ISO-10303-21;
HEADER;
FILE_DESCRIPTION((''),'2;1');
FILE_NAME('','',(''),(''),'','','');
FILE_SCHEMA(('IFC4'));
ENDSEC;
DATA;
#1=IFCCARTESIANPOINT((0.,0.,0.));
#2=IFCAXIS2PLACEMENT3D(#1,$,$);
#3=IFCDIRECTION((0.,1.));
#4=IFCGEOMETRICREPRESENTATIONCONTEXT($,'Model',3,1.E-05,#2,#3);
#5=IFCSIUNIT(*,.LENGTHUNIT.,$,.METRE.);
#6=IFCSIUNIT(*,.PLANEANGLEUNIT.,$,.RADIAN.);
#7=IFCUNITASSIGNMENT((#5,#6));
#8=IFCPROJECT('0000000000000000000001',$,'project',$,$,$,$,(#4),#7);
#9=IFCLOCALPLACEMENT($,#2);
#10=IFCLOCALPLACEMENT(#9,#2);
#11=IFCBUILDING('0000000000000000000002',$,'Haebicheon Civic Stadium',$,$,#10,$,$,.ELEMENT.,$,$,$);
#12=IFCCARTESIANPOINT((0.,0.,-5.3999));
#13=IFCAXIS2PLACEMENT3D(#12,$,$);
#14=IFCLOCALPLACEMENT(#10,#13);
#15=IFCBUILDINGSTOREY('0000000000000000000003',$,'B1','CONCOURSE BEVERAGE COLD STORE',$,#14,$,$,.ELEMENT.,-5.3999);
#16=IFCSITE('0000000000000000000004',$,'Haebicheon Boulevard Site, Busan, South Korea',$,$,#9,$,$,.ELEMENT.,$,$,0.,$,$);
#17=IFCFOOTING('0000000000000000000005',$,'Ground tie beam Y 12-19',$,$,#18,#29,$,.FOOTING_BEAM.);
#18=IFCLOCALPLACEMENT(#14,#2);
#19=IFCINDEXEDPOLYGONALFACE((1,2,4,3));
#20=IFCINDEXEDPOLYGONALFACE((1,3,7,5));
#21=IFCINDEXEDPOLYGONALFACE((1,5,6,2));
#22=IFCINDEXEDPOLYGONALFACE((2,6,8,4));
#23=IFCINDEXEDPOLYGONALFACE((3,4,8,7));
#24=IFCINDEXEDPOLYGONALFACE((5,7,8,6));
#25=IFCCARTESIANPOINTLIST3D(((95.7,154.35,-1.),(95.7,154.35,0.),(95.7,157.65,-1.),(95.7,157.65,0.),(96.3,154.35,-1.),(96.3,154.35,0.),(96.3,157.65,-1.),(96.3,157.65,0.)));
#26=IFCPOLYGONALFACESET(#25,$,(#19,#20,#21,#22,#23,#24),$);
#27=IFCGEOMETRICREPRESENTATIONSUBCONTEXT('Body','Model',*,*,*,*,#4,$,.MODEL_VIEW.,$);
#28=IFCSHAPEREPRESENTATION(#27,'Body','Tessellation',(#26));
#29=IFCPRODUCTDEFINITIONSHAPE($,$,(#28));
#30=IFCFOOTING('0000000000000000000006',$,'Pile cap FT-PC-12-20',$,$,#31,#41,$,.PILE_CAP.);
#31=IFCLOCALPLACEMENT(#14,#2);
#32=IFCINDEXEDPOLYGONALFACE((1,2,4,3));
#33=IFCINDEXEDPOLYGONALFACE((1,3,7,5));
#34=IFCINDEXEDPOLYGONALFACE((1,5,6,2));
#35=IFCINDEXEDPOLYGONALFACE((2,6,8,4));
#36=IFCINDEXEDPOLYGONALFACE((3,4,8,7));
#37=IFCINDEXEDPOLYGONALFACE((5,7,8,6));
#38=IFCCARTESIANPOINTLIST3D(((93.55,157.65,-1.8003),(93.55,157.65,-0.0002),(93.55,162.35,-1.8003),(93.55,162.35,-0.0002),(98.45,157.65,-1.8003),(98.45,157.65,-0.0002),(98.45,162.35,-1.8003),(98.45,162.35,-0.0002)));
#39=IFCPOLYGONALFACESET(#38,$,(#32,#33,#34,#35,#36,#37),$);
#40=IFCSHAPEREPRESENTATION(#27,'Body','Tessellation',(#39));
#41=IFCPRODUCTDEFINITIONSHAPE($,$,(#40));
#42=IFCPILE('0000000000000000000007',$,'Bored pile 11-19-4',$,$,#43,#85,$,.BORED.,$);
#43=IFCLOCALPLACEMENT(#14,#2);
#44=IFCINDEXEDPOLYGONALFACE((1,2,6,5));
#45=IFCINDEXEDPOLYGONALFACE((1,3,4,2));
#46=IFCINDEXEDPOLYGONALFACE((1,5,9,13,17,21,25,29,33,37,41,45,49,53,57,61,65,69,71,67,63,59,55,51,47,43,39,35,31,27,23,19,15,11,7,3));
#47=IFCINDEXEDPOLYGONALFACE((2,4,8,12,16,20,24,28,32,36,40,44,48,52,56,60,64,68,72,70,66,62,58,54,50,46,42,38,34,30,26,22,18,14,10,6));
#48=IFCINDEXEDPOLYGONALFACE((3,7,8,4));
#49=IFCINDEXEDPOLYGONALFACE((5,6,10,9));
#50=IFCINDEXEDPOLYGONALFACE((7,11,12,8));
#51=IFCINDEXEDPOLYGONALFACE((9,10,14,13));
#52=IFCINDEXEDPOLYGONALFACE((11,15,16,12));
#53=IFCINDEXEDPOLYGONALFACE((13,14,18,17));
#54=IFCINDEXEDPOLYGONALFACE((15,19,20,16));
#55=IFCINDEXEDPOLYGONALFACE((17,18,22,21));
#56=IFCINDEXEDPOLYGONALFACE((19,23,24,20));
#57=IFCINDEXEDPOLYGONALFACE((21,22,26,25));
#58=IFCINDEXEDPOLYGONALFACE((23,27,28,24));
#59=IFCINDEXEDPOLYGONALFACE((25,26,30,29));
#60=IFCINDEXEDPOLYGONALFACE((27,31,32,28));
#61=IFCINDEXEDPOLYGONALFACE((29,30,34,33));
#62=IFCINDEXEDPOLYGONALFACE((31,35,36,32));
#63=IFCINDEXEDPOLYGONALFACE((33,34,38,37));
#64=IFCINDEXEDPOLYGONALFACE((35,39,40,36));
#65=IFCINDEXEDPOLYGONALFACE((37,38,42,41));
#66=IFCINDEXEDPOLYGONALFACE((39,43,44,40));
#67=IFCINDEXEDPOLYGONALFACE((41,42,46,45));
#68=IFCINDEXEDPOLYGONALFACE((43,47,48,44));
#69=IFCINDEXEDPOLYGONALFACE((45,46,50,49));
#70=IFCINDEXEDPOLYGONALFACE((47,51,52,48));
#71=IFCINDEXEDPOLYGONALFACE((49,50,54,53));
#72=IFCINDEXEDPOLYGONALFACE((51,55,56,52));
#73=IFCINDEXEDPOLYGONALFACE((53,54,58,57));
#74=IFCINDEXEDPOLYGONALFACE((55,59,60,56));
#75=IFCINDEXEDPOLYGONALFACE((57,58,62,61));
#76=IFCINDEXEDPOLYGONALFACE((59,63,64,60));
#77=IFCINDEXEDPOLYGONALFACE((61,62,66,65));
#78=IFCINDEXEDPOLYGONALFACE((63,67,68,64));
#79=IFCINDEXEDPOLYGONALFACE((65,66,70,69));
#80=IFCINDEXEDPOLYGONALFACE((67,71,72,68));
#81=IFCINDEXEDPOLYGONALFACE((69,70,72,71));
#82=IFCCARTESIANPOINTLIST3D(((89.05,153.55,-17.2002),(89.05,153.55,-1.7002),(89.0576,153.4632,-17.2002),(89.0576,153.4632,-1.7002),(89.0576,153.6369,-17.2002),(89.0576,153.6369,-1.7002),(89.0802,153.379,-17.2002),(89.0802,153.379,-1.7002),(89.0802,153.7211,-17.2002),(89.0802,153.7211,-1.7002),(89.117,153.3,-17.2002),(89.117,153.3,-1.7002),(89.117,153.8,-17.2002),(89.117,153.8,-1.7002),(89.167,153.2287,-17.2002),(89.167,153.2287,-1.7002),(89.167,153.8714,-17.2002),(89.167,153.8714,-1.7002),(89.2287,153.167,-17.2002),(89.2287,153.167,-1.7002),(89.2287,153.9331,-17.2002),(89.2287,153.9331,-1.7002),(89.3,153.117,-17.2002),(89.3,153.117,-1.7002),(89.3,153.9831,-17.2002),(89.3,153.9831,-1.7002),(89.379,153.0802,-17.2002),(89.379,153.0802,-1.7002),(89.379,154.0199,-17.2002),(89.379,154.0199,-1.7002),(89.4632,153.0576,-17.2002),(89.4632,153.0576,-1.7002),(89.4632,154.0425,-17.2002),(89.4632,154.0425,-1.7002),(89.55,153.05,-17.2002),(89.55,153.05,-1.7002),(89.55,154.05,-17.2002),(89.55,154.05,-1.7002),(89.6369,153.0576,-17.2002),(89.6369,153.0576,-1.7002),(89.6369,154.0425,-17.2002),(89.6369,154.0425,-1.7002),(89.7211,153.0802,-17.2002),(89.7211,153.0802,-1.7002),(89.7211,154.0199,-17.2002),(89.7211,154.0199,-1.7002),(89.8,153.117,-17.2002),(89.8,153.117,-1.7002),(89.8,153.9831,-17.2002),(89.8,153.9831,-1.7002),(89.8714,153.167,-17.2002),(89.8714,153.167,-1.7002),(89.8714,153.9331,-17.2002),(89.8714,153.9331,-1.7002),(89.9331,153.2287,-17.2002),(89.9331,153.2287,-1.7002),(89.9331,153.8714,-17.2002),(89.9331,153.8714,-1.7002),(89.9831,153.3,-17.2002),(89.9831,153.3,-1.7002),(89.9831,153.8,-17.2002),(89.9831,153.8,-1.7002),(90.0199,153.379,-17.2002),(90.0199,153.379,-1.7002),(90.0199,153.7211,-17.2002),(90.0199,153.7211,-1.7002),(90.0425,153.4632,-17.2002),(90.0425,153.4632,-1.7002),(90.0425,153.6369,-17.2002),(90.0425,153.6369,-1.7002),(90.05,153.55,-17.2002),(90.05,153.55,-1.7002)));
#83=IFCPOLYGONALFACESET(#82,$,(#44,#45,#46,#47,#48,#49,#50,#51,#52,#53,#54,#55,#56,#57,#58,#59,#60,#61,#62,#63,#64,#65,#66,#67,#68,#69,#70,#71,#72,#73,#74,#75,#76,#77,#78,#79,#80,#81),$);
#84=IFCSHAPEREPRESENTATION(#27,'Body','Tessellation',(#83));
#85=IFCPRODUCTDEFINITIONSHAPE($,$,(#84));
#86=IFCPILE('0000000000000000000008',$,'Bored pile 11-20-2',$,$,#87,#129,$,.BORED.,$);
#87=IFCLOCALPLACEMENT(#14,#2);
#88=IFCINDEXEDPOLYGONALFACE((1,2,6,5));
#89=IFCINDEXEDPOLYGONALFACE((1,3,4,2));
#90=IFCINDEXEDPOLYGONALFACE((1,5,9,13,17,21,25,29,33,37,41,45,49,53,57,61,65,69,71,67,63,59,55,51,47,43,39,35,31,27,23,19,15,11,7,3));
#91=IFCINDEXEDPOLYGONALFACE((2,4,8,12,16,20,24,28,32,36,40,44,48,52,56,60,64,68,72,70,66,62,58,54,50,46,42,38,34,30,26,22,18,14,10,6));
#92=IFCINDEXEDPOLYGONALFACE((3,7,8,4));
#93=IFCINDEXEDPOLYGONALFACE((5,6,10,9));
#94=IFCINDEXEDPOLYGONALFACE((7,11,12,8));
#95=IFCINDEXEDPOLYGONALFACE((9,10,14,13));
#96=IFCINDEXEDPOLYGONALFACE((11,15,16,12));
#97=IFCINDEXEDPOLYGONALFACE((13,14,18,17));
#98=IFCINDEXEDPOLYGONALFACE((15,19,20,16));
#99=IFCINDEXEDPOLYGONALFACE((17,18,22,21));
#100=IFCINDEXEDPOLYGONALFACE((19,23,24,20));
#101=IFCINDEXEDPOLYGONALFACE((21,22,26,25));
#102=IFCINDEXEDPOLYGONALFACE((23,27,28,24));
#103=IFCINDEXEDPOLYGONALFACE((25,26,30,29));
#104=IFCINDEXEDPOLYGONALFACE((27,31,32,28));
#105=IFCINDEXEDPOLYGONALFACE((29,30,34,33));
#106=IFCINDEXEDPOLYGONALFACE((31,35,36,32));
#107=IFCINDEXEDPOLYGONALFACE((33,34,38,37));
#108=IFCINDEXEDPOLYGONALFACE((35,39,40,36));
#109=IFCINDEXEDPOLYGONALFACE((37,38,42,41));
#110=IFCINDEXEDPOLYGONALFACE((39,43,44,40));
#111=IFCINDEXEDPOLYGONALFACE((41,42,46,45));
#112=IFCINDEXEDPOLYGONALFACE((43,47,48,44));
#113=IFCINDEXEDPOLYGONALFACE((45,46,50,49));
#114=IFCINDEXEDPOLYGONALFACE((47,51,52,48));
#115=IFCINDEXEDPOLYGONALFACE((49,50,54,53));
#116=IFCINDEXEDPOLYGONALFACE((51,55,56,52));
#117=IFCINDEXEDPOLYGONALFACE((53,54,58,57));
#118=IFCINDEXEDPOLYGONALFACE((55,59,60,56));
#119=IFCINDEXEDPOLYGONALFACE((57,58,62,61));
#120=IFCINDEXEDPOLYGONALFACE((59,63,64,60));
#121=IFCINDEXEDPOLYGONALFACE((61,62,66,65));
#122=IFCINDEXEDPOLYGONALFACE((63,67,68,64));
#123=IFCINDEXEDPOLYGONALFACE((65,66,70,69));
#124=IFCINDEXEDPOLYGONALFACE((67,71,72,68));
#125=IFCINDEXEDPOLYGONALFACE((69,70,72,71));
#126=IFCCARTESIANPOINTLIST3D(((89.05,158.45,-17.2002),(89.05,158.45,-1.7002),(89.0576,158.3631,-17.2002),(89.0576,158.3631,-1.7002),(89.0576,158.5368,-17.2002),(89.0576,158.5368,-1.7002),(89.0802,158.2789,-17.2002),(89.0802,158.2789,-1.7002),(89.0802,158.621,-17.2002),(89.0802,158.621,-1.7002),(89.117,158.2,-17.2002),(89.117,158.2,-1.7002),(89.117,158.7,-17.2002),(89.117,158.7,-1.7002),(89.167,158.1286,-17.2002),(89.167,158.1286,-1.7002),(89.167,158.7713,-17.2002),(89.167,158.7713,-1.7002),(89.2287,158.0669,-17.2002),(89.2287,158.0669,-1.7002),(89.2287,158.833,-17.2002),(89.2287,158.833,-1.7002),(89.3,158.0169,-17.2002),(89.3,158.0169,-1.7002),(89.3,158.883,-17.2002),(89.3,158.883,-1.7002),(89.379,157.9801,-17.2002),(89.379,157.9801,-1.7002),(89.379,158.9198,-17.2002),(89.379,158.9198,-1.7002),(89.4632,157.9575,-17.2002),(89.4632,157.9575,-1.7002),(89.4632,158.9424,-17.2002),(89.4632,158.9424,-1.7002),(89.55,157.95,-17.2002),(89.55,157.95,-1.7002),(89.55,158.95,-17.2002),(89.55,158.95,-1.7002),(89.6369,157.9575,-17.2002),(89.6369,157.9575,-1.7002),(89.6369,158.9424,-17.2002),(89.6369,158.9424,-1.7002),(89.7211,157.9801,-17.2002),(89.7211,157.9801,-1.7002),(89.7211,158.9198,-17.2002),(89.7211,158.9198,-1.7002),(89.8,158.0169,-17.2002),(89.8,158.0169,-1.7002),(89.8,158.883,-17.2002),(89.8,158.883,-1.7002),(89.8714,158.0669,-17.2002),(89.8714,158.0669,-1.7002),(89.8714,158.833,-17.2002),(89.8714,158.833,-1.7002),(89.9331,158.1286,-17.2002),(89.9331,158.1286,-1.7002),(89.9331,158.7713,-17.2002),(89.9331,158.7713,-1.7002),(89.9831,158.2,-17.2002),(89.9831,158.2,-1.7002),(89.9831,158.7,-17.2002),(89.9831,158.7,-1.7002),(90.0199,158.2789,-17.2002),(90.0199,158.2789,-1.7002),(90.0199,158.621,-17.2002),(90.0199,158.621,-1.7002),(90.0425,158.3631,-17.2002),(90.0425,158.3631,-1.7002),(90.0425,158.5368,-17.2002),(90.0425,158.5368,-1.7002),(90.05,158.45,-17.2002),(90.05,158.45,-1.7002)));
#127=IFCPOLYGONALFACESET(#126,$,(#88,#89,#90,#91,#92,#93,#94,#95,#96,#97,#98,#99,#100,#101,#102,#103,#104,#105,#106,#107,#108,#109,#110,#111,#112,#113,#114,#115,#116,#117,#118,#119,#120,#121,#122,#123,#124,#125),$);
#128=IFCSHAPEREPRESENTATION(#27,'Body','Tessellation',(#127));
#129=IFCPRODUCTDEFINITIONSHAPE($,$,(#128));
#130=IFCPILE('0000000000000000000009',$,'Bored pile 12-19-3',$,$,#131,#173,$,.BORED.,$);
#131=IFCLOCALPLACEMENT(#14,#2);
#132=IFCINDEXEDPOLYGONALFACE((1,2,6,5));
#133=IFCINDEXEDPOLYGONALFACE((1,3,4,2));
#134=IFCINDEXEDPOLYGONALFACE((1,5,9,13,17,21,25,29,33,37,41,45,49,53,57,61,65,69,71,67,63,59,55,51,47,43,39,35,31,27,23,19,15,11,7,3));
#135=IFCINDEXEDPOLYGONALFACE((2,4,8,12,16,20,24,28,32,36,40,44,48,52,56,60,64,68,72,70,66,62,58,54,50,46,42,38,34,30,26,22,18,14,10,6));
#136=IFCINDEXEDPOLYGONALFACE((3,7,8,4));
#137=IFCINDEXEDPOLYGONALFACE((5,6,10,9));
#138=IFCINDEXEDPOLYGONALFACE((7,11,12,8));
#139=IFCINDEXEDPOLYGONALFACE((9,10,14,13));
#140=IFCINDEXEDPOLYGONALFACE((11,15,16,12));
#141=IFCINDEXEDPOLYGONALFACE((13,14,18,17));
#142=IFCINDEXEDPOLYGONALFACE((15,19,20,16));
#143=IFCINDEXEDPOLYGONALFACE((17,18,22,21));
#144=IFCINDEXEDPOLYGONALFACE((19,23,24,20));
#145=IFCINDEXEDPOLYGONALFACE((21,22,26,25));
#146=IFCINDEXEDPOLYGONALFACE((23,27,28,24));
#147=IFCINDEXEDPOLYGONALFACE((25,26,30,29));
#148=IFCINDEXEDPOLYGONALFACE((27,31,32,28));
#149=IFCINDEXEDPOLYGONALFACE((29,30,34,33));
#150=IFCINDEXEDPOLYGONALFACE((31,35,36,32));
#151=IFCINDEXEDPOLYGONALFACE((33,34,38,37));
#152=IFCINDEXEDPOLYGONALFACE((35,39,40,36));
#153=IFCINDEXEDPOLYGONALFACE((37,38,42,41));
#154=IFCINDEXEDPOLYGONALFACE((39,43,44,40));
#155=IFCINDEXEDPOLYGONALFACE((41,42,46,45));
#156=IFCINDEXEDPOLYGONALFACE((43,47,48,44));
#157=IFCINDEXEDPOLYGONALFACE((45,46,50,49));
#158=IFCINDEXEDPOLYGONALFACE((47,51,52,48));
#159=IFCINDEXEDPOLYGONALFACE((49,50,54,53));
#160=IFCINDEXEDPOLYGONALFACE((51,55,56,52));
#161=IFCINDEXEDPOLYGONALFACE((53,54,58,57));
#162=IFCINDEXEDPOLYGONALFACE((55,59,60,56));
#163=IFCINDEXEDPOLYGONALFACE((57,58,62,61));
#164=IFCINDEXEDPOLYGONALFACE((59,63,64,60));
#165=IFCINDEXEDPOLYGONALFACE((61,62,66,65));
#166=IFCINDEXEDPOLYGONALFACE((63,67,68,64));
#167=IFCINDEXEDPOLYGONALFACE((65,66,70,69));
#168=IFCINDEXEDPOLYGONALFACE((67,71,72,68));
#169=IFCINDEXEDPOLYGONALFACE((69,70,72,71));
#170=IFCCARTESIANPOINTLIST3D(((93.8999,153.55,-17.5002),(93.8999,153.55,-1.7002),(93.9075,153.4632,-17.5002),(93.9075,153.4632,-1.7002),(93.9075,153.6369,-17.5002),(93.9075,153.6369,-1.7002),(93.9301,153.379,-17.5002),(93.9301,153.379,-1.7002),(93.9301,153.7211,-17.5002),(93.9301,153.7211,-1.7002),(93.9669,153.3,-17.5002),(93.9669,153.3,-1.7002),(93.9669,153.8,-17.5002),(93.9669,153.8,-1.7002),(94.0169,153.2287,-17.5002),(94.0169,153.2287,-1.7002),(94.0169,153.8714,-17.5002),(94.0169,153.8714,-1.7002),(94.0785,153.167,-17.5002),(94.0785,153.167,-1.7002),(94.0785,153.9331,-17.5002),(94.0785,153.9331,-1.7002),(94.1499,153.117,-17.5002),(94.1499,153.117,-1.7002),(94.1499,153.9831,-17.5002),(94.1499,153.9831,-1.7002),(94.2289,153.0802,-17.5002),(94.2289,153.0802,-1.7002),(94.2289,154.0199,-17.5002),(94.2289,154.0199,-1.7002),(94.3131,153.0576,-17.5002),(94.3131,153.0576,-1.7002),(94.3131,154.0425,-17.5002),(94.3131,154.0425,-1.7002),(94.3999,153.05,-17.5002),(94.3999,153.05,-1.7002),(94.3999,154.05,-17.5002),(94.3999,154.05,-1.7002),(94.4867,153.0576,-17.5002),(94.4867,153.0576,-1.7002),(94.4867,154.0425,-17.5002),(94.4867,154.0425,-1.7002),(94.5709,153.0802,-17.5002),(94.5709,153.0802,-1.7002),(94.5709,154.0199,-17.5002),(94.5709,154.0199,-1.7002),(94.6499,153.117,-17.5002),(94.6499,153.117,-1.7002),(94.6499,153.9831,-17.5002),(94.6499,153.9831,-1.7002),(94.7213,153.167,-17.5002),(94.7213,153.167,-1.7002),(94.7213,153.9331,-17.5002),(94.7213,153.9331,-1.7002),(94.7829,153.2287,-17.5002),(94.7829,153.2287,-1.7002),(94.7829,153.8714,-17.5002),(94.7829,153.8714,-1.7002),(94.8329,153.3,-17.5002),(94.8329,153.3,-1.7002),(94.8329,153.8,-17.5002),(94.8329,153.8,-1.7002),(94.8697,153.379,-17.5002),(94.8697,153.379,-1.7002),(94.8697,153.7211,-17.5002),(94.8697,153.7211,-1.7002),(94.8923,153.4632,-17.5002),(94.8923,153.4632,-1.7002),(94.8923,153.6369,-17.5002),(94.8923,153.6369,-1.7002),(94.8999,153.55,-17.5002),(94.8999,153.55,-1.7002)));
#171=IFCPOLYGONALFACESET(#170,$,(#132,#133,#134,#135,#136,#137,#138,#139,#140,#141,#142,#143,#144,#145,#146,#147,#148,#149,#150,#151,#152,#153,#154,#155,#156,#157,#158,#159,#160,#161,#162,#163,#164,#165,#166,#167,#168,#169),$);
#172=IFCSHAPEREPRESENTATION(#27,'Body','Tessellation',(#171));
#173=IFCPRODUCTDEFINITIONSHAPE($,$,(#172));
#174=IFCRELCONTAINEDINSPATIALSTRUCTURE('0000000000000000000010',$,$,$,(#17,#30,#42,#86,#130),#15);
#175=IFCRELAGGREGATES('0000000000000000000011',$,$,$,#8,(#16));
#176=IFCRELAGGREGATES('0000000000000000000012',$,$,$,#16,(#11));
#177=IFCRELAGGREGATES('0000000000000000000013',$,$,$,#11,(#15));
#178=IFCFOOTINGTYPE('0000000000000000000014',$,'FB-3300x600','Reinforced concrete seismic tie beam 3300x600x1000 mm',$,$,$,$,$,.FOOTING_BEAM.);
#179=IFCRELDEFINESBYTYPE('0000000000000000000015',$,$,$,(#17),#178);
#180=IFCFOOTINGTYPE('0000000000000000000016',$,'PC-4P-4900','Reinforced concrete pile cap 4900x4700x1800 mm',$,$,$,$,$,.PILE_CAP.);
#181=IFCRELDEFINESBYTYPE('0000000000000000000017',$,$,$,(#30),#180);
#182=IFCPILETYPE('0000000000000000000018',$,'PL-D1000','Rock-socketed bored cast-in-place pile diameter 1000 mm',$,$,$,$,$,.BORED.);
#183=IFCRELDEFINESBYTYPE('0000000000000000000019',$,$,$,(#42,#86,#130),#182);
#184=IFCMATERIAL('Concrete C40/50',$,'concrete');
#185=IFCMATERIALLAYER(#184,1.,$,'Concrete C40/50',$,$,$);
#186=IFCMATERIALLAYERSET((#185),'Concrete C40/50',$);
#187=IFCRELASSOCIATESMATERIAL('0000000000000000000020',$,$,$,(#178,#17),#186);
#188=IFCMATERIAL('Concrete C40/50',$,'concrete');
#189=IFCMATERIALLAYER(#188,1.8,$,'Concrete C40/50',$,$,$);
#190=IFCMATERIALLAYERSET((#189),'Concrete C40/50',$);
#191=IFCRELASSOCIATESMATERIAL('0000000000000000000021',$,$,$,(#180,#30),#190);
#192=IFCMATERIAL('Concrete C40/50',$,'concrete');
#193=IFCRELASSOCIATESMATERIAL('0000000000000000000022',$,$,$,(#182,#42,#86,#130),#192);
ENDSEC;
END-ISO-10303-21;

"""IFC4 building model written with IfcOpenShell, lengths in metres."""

from ifc_helpers import new_model, si_unit, direction, frame, origin, origin_2d, place, context, subcontext, project, spatial, rectangle, circle, extrude, material, layer, layer_set, material_profile, profile_set, type_object, element, save


model = new_model("IFC4")

# Units and contexts
model_context = context("Model", 3, precision=1e-05, world=origin(), true_north=direction((0.0, 1.0)))
body_context = subcontext(model_context, "Body", "Model", "MODEL_VIEW")
ifc_project = project(units=[si_unit("LENGTHUNIT", "METRE"), si_unit("PLANEANGLEUNIT", "RADIAN")], contexts=[model_context])

# Site, building, storey
site_placement = place(None, origin())
site = spatial("IfcSite", under=ifc_project, at=site_placement, Name="Haebicheon Boulevard Site, Busan, South Korea", CompositionType="ELEMENT", RefElevation=0.0)
building_placement = place(site_placement, origin())
building = spatial("IfcBuilding", under=site, at=building_placement, Name="Haebicheon Civic Stadium", CompositionType="ELEMENT")
storey_placement = place(building_placement, frame((0.0, 0.0, -5.3999)))
storey = spatial("IfcBuildingStorey", under=building, at=storey_placement, Name="B1", Description="CONCOURSE BEVERAGE COLD STORE", CompositionType="ELEMENT", Elevation=-5.3999)

# Footings
ifc_material_1 = material(Name="Concrete C40/50", Category="concrete")
ifc_layer_1 = layer(ifc_material_1, 1.0, Name="Concrete C40/50")
ifc_layer_set_1 = layer_set([ifc_layer_1], Name="Concrete C40/50")
footing_type_1 = type_object("IfcFootingType", Name="FB-3300x600", Description="Reinforced concrete seismic tie beam 3300x600x1000 mm", PredefinedType="FOOTING_BEAM", material=ifc_layer_set_1)
footing_1_placement = place(storey_placement, frame((96.0, 156.0, -1.0), z_axis=(0.0, 0.0, 1.0), x_axis=(0.0, 1.0, 0.0)))
element("IfcFooting", 1, at=footing_1_placement, inside=storey, type_object=footing_type_1, material=ifc_layer_set_1, Name="Ground tie beam Y 12-19", PredefinedType="FOOTING_BEAM", context=body_context, shape_type="SweptSolid", body=[
    extrude(rectangle(XDim=3.3, YDim=0.6001, at=origin_2d()), origin(), (0.0, 0.0, 1.0), 1.0),
])
ifc_material_2 = material(Name="Concrete C40/50", Category="concrete")
ifc_layer_2 = layer(ifc_material_2, 1.8, Name="Concrete C40/50")
ifc_layer_set_2 = layer_set([ifc_layer_2], Name="Concrete C40/50")
footing_type_2 = type_object("IfcFootingType", Name="PC-4P-4900", Description="Reinforced concrete pile cap 4900x4700x1800 mm", PredefinedType="PILE_CAP", material=ifc_layer_set_2)
footing_2_placement = place(storey_placement, frame((96.0, 160.0, -1.8003), z_axis=(0.0, 0.0, 1.0), x_axis=(1.0, 0.0, 0.0)))
element("IfcFooting", 2, at=footing_2_placement, inside=storey, type_object=footing_type_2, material=ifc_layer_set_2, Name="Pile cap FT-PC-12-20", PredefinedType="PILE_CAP", context=body_context, shape_type="SweptSolid", body=[
    extrude(rectangle(XDim=4.8999, YDim=4.7, at=origin_2d()), origin(), (0.0, 0.0, 1.0), 1.8),
])

# Piles
ifc_material_3 = material(Name="Concrete C40/50", Category="concrete")
ifc_material_profile_1 = material_profile(ifc_material_3, circle(Radius=0.5, at=origin_2d()), Name="PILE-D1000")
ifc_profile_set_1 = profile_set([ifc_material_profile_1], Name="Concrete C40/50")
pile_type = type_object("IfcPileType", Name="PL-D1000", Description="Rock-socketed bored cast-in-place pile diameter 1000 mm", PredefinedType="BORED", material=ifc_profile_set_1)
for number, where, z_axis, x_axis, name in (
    (3, (89.55, 153.55, -1.7002), (0.0, 0.0, -1.0), (1.0, 0.0, 0.0), "Bored pile 11-19-4"),
    (4, (89.55, 158.45, -1.7002), (0.0, 0.0, -1.0), (1.0, 0.0, 0.0), "Bored pile 11-20-2"),
):
    element("IfcPile", number, at=place(storey_placement, frame(where, z_axis=z_axis, x_axis=x_axis)), inside=storey, type_object=pile_type, material=ifc_profile_set_1, Name=name, PredefinedType="BORED", context=body_context, shape_type="SweptSolid", body=[
        extrude(circle(Radius=0.5, at=origin_2d()), origin(), (0.0, 0.0, 1.0), 15.5),
    ])
for number, where, z_axis, x_axis, name in (
    (5, (94.3999, 153.55, -1.7002), (0.0, 0.0, -1.0), (1.0, 0.0, 0.0), "Bored pile 12-19-3"),
):
    element("IfcPile", number, at=place(storey_placement, frame(where, z_axis=z_axis, x_axis=x_axis)), inside=storey, type_object=pile_type, material=ifc_profile_set_1, Name=name, PredefinedType="BORED", context=body_context, shape_type="SweptSolid", body=[
        extrude(circle(Radius=0.5, at=origin_2d()), origin(), (0.0, 0.0, 1.0), 15.8),
    ])

save(model, "model.ifc")
